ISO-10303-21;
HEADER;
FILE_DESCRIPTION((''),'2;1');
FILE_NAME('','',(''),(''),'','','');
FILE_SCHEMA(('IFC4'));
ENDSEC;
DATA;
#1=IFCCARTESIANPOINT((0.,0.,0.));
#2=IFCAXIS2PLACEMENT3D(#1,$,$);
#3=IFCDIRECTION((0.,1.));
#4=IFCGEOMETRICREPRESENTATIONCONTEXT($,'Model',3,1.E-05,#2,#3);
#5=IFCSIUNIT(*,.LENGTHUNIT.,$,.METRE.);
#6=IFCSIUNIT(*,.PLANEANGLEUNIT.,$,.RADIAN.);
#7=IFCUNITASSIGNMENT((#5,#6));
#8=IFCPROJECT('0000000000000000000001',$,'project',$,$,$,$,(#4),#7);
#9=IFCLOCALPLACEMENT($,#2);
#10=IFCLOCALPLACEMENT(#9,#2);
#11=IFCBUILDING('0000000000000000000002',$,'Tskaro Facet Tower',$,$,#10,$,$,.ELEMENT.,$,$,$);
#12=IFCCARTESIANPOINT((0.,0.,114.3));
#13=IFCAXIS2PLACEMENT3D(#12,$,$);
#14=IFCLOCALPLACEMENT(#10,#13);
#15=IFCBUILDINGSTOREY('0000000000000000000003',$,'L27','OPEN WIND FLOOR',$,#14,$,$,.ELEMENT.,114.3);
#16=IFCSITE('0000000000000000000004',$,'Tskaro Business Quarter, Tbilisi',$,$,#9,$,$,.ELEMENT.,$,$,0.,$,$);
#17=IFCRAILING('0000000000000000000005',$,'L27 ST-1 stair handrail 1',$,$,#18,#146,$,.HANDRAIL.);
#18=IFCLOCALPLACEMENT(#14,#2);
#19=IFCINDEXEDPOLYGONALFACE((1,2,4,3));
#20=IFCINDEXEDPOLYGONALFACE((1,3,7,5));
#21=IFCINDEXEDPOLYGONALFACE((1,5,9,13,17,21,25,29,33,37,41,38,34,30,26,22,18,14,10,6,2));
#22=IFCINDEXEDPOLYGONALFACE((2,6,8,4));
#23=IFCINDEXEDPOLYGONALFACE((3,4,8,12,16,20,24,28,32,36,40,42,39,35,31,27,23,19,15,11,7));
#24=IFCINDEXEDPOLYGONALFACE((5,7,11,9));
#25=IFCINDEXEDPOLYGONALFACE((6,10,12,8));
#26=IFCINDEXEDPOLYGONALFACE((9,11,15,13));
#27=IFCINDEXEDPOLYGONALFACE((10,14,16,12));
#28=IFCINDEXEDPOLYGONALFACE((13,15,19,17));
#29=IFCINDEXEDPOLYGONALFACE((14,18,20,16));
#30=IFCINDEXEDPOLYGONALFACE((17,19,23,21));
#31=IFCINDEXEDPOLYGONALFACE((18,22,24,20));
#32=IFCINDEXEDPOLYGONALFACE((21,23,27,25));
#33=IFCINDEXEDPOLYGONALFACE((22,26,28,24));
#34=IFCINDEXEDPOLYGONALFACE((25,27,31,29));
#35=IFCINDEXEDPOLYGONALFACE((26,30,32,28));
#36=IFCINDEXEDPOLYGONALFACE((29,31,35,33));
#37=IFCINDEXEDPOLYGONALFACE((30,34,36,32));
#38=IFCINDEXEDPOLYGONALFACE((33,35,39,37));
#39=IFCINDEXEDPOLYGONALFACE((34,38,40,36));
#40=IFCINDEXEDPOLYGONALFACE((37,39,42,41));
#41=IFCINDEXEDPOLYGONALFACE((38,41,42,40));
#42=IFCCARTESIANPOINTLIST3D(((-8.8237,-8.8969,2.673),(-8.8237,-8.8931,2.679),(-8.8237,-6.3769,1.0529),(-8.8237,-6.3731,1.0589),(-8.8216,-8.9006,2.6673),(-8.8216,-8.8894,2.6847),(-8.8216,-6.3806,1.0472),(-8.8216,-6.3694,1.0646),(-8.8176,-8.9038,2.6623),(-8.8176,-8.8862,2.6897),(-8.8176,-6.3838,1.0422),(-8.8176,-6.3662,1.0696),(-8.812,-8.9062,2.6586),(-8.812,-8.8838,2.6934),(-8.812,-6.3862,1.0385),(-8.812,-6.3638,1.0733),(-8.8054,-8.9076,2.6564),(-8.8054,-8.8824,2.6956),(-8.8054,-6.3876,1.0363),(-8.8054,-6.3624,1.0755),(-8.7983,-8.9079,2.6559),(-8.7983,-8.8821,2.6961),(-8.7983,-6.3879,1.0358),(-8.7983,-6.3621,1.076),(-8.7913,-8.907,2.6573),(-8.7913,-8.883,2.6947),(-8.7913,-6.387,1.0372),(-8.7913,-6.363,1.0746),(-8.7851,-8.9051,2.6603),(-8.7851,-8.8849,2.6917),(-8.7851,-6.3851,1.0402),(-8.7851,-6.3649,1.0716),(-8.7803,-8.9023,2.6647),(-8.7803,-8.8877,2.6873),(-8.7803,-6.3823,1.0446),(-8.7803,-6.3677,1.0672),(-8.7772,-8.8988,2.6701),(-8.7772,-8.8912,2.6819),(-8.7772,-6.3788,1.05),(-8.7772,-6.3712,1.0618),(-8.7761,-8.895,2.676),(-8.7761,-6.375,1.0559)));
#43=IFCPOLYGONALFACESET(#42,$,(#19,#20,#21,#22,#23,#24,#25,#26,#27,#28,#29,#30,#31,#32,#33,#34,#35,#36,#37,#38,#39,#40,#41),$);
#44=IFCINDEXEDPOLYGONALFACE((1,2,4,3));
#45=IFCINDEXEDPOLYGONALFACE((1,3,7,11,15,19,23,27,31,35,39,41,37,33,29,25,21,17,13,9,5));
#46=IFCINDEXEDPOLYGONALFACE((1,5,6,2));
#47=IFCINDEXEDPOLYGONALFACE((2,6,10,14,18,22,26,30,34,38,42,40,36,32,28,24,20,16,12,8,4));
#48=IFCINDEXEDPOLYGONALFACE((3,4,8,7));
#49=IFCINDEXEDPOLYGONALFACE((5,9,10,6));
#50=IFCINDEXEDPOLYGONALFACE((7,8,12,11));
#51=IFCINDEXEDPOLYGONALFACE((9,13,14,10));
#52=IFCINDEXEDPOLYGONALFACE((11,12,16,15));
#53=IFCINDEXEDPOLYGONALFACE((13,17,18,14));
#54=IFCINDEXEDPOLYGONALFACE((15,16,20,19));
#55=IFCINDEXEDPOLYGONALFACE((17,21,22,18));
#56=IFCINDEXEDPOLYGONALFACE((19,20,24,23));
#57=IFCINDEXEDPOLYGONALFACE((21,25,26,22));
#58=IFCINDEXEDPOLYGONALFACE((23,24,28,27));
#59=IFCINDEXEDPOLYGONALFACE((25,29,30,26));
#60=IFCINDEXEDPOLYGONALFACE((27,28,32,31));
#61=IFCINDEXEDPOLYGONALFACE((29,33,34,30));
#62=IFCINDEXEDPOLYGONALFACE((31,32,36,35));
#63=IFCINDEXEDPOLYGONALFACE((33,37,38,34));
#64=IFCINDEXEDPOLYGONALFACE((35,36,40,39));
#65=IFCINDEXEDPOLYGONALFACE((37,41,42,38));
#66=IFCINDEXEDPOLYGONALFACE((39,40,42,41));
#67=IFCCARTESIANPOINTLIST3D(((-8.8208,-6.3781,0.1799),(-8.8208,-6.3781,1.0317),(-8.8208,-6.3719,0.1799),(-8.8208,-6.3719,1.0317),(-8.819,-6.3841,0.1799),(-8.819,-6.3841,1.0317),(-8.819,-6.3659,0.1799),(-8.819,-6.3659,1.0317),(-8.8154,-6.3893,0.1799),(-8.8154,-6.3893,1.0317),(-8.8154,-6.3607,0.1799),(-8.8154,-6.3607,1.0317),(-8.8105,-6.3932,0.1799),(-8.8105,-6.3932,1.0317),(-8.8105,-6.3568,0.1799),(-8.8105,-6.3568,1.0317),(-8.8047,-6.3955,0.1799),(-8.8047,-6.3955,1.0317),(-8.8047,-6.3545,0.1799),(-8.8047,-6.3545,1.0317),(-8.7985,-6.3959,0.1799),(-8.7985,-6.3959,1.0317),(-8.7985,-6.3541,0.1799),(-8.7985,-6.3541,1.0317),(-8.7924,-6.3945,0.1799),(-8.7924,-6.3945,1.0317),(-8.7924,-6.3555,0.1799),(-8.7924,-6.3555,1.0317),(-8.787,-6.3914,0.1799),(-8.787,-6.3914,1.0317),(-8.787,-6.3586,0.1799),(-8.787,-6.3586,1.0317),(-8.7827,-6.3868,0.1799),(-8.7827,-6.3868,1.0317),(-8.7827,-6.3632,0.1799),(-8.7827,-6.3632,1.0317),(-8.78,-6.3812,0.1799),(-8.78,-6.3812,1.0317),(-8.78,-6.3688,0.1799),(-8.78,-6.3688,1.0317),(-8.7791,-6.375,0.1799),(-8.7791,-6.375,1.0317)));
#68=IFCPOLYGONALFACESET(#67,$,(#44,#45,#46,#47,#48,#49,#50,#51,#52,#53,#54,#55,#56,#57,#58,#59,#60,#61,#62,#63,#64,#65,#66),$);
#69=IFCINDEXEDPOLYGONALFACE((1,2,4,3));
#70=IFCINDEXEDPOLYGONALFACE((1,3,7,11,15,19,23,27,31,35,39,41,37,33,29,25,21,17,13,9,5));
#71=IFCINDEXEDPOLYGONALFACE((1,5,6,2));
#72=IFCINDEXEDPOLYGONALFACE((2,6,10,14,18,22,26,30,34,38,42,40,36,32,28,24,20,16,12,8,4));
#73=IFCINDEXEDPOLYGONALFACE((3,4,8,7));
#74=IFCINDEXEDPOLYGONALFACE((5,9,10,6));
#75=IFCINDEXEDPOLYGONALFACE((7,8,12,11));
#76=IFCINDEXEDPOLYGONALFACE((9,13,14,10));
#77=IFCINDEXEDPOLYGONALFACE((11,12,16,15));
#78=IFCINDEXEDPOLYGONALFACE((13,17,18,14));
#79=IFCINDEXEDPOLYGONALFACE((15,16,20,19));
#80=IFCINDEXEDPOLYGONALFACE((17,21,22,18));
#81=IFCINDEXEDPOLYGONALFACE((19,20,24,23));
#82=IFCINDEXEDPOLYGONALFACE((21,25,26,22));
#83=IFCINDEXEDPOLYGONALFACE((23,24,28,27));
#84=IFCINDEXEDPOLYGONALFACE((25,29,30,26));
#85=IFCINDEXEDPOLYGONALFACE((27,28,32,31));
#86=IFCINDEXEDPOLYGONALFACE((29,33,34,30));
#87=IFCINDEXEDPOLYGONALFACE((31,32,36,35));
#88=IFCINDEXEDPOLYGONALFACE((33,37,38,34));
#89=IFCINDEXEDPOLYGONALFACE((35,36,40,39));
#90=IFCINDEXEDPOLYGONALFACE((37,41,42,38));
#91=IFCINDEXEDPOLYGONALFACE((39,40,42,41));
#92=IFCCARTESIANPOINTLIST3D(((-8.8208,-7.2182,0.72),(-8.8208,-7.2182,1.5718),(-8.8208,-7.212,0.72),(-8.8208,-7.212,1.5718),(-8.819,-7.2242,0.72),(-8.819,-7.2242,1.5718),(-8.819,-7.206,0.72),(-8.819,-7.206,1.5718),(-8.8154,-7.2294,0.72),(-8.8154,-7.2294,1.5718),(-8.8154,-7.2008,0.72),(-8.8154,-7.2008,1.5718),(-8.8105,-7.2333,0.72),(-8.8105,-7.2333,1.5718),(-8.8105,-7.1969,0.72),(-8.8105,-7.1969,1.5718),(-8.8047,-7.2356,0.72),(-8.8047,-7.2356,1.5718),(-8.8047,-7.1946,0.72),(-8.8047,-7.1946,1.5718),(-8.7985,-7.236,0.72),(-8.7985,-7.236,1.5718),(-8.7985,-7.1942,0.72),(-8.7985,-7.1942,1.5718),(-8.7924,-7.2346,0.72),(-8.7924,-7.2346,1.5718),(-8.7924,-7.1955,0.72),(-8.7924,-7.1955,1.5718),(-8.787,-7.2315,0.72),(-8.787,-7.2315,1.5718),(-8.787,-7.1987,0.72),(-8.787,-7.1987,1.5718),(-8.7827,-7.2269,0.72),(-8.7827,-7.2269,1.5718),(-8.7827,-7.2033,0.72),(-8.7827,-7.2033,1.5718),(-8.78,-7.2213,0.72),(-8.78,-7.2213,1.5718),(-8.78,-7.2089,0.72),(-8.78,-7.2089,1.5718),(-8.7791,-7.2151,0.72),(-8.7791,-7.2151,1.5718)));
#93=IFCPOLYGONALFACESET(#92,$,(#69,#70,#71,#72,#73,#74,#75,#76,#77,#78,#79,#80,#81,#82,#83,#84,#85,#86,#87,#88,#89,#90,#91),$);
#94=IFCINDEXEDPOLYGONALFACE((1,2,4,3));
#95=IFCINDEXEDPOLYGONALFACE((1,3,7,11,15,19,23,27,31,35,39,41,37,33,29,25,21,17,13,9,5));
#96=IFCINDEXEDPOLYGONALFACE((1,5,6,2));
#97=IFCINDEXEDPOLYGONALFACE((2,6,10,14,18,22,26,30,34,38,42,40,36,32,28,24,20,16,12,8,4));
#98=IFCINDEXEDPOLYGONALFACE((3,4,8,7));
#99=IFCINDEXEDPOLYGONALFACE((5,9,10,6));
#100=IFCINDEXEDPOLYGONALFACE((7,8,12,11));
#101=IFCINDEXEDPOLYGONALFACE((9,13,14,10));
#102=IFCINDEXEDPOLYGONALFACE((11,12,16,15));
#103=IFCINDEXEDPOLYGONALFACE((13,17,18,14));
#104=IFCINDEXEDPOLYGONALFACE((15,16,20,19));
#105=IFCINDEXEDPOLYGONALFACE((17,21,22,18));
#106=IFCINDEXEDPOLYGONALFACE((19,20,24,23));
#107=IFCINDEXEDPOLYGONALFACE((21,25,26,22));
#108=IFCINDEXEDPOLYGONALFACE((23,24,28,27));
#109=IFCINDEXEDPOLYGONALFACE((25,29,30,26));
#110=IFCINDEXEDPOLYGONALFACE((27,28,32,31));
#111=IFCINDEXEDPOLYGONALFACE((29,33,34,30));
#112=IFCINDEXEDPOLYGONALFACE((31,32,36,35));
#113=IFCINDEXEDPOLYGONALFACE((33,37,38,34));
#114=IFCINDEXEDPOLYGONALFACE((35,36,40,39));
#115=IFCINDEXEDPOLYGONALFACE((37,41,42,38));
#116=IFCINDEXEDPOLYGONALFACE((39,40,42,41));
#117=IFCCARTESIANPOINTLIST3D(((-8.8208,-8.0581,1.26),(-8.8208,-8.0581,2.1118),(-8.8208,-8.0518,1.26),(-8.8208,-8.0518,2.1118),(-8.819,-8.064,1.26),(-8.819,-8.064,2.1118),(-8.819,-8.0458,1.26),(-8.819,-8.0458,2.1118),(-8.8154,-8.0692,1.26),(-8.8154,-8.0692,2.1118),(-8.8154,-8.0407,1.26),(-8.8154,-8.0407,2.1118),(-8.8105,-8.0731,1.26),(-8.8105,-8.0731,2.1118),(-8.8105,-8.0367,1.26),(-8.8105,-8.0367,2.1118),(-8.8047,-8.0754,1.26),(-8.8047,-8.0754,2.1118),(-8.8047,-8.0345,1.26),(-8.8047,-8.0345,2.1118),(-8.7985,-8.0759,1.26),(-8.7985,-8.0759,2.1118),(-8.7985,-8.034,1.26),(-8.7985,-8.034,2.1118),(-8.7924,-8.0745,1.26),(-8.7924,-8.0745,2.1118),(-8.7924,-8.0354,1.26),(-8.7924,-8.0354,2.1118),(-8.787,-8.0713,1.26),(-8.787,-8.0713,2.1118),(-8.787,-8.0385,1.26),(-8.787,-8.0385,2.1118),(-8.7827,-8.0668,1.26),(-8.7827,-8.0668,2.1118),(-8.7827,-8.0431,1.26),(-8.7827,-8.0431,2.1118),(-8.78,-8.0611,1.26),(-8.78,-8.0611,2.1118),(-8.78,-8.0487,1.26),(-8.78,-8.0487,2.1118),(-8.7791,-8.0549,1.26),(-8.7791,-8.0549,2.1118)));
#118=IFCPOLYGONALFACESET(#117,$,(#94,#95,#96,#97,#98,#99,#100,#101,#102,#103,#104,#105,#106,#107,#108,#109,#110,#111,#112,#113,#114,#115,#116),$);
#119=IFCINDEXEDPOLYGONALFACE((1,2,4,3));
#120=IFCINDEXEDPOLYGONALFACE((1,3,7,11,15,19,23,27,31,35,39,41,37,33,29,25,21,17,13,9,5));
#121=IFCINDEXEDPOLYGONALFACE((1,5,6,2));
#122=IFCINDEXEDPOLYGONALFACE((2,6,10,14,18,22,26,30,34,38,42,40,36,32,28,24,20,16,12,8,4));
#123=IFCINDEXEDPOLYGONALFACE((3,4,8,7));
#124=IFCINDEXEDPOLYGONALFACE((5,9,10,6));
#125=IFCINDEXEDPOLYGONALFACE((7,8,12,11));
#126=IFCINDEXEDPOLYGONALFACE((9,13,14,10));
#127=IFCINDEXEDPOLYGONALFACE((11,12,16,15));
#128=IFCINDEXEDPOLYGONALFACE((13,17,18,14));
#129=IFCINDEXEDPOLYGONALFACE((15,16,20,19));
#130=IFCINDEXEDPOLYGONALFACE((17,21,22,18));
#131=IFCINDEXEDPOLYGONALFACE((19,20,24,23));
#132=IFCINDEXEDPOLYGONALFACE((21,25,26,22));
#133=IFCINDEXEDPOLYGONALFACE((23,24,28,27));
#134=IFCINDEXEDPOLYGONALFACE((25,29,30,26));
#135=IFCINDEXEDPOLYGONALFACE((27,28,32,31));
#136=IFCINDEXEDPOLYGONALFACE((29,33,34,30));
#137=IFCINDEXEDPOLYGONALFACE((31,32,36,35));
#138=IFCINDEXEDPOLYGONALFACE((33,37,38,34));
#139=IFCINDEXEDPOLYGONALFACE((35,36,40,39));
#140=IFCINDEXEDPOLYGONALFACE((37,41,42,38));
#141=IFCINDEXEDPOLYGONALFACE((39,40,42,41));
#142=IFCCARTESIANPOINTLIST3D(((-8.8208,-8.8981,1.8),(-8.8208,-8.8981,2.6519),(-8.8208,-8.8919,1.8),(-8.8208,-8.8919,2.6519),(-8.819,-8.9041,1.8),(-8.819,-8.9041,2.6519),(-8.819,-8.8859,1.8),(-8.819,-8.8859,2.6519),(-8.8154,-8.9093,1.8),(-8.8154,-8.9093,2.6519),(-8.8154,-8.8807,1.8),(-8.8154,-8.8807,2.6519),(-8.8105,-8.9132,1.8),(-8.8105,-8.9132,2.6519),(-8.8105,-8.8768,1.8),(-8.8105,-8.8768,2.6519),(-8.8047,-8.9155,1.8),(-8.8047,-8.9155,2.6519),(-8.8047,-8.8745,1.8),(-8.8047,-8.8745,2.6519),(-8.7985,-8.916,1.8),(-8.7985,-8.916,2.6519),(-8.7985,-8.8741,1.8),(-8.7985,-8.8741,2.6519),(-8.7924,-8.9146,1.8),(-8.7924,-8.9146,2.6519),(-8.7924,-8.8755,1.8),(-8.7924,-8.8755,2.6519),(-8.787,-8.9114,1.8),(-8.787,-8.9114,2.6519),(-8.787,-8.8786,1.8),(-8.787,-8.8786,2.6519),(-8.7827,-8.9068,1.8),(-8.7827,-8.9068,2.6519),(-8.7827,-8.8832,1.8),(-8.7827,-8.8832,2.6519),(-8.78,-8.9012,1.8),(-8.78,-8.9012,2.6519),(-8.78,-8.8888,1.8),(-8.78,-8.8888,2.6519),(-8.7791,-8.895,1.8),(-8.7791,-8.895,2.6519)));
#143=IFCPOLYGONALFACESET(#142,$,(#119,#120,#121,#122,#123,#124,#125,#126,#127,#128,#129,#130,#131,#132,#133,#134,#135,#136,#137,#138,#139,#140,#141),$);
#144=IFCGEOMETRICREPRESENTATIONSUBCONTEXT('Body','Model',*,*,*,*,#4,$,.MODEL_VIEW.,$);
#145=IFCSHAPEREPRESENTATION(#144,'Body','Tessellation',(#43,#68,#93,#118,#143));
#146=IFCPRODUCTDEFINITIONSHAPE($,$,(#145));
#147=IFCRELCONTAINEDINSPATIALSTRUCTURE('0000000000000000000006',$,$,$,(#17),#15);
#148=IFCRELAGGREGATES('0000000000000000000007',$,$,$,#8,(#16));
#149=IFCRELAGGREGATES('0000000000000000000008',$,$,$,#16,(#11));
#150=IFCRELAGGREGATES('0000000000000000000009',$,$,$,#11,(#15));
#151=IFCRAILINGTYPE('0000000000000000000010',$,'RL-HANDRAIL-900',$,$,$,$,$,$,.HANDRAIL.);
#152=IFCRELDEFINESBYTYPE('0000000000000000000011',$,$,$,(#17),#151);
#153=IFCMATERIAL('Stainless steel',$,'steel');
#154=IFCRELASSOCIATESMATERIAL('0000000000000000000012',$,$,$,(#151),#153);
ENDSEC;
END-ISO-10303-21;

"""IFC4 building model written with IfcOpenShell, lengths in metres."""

from ifc_helpers import new_model, si_unit, direction, frame, origin, origin_2d, place, context, subcontext, project, spatial, circle, extrude, material, type_object, element, save


model = new_model("IFC4")

# Units and contexts
model_context = context("Model", 3, precision=1e-05, world=origin(), true_north=direction((0.0, 1.0)))
body_context = subcontext(model_context, "Body", "Model", "MODEL_VIEW")
ifc_project = project(units=[si_unit("LENGTHUNIT", "METRE"), si_unit("PLANEANGLEUNIT", "RADIAN")], contexts=[model_context])

# Site, building, storey
site_placement = place(None, origin())
site = spatial("IfcSite", under=ifc_project, at=site_placement, Name="Tskaro Business Quarter, Tbilisi", CompositionType="ELEMENT", RefElevation=0.0)
building_placement = place(site_placement, origin())
building = spatial("IfcBuilding", under=site, at=building_placement, Name="Tskaro Facet Tower", CompositionType="ELEMENT")
storey_placement = place(building_placement, frame((0.0, 0.0, 114.3)))
storey = spatial("IfcBuildingStorey", under=building, at=storey_placement, Name="L27", Description="OPEN WIND FLOOR", CompositionType="ELEMENT", Elevation=114.3)

# Shared definitions
ifc_material_1 = material(Name="Stainless steel", Category="steel")

# Railing
railing_type_1 = type_object("IfcRailingType", Name="RL-HANDRAIL-900", PredefinedType="HANDRAIL", material=ifc_material_1)
railing_1_placement = place(storey_placement, frame((-8.8, -6.375, 0.1799)))
element("IfcRailing", 1, at=railing_1_placement, inside=storey, type_object=railing_type_1, Name="L27 ST-1 stair handrail 1", PredefinedType="HANDRAIL", context=body_context, shape_type="SweptSolid", body=[
    extrude(circle(Radius=0.0239, at=origin_2d()), frame((0.0, 0.0, 0.876), z_axis=(0.0, -0.841163, 0.540782), x_axis=(1.0, 0.0, 0.0)), (0.0, 0.0, 1.0), 2.9958),
    extrude(circle(Radius=0.021, at=origin_2d()), origin(), (0.0, 0.0, 1.0), 0.8518),
    extrude(circle(Radius=0.021, at=origin_2d()), frame((0.0, -0.8401, 0.54)), (0.0, 0.0, 1.0), 0.8518),
    extrude(circle(Radius=0.021, at=origin_2d()), frame((0.0, -1.6799, 1.0801)), (0.0, 0.0, 1.0), 0.8518),
    extrude(circle(Radius=0.021, at=origin_2d()), frame((0.0, -2.52, 1.6201)), (0.0, 0.0, 1.0), 0.8518),
])

save(model, "model.ifc")
